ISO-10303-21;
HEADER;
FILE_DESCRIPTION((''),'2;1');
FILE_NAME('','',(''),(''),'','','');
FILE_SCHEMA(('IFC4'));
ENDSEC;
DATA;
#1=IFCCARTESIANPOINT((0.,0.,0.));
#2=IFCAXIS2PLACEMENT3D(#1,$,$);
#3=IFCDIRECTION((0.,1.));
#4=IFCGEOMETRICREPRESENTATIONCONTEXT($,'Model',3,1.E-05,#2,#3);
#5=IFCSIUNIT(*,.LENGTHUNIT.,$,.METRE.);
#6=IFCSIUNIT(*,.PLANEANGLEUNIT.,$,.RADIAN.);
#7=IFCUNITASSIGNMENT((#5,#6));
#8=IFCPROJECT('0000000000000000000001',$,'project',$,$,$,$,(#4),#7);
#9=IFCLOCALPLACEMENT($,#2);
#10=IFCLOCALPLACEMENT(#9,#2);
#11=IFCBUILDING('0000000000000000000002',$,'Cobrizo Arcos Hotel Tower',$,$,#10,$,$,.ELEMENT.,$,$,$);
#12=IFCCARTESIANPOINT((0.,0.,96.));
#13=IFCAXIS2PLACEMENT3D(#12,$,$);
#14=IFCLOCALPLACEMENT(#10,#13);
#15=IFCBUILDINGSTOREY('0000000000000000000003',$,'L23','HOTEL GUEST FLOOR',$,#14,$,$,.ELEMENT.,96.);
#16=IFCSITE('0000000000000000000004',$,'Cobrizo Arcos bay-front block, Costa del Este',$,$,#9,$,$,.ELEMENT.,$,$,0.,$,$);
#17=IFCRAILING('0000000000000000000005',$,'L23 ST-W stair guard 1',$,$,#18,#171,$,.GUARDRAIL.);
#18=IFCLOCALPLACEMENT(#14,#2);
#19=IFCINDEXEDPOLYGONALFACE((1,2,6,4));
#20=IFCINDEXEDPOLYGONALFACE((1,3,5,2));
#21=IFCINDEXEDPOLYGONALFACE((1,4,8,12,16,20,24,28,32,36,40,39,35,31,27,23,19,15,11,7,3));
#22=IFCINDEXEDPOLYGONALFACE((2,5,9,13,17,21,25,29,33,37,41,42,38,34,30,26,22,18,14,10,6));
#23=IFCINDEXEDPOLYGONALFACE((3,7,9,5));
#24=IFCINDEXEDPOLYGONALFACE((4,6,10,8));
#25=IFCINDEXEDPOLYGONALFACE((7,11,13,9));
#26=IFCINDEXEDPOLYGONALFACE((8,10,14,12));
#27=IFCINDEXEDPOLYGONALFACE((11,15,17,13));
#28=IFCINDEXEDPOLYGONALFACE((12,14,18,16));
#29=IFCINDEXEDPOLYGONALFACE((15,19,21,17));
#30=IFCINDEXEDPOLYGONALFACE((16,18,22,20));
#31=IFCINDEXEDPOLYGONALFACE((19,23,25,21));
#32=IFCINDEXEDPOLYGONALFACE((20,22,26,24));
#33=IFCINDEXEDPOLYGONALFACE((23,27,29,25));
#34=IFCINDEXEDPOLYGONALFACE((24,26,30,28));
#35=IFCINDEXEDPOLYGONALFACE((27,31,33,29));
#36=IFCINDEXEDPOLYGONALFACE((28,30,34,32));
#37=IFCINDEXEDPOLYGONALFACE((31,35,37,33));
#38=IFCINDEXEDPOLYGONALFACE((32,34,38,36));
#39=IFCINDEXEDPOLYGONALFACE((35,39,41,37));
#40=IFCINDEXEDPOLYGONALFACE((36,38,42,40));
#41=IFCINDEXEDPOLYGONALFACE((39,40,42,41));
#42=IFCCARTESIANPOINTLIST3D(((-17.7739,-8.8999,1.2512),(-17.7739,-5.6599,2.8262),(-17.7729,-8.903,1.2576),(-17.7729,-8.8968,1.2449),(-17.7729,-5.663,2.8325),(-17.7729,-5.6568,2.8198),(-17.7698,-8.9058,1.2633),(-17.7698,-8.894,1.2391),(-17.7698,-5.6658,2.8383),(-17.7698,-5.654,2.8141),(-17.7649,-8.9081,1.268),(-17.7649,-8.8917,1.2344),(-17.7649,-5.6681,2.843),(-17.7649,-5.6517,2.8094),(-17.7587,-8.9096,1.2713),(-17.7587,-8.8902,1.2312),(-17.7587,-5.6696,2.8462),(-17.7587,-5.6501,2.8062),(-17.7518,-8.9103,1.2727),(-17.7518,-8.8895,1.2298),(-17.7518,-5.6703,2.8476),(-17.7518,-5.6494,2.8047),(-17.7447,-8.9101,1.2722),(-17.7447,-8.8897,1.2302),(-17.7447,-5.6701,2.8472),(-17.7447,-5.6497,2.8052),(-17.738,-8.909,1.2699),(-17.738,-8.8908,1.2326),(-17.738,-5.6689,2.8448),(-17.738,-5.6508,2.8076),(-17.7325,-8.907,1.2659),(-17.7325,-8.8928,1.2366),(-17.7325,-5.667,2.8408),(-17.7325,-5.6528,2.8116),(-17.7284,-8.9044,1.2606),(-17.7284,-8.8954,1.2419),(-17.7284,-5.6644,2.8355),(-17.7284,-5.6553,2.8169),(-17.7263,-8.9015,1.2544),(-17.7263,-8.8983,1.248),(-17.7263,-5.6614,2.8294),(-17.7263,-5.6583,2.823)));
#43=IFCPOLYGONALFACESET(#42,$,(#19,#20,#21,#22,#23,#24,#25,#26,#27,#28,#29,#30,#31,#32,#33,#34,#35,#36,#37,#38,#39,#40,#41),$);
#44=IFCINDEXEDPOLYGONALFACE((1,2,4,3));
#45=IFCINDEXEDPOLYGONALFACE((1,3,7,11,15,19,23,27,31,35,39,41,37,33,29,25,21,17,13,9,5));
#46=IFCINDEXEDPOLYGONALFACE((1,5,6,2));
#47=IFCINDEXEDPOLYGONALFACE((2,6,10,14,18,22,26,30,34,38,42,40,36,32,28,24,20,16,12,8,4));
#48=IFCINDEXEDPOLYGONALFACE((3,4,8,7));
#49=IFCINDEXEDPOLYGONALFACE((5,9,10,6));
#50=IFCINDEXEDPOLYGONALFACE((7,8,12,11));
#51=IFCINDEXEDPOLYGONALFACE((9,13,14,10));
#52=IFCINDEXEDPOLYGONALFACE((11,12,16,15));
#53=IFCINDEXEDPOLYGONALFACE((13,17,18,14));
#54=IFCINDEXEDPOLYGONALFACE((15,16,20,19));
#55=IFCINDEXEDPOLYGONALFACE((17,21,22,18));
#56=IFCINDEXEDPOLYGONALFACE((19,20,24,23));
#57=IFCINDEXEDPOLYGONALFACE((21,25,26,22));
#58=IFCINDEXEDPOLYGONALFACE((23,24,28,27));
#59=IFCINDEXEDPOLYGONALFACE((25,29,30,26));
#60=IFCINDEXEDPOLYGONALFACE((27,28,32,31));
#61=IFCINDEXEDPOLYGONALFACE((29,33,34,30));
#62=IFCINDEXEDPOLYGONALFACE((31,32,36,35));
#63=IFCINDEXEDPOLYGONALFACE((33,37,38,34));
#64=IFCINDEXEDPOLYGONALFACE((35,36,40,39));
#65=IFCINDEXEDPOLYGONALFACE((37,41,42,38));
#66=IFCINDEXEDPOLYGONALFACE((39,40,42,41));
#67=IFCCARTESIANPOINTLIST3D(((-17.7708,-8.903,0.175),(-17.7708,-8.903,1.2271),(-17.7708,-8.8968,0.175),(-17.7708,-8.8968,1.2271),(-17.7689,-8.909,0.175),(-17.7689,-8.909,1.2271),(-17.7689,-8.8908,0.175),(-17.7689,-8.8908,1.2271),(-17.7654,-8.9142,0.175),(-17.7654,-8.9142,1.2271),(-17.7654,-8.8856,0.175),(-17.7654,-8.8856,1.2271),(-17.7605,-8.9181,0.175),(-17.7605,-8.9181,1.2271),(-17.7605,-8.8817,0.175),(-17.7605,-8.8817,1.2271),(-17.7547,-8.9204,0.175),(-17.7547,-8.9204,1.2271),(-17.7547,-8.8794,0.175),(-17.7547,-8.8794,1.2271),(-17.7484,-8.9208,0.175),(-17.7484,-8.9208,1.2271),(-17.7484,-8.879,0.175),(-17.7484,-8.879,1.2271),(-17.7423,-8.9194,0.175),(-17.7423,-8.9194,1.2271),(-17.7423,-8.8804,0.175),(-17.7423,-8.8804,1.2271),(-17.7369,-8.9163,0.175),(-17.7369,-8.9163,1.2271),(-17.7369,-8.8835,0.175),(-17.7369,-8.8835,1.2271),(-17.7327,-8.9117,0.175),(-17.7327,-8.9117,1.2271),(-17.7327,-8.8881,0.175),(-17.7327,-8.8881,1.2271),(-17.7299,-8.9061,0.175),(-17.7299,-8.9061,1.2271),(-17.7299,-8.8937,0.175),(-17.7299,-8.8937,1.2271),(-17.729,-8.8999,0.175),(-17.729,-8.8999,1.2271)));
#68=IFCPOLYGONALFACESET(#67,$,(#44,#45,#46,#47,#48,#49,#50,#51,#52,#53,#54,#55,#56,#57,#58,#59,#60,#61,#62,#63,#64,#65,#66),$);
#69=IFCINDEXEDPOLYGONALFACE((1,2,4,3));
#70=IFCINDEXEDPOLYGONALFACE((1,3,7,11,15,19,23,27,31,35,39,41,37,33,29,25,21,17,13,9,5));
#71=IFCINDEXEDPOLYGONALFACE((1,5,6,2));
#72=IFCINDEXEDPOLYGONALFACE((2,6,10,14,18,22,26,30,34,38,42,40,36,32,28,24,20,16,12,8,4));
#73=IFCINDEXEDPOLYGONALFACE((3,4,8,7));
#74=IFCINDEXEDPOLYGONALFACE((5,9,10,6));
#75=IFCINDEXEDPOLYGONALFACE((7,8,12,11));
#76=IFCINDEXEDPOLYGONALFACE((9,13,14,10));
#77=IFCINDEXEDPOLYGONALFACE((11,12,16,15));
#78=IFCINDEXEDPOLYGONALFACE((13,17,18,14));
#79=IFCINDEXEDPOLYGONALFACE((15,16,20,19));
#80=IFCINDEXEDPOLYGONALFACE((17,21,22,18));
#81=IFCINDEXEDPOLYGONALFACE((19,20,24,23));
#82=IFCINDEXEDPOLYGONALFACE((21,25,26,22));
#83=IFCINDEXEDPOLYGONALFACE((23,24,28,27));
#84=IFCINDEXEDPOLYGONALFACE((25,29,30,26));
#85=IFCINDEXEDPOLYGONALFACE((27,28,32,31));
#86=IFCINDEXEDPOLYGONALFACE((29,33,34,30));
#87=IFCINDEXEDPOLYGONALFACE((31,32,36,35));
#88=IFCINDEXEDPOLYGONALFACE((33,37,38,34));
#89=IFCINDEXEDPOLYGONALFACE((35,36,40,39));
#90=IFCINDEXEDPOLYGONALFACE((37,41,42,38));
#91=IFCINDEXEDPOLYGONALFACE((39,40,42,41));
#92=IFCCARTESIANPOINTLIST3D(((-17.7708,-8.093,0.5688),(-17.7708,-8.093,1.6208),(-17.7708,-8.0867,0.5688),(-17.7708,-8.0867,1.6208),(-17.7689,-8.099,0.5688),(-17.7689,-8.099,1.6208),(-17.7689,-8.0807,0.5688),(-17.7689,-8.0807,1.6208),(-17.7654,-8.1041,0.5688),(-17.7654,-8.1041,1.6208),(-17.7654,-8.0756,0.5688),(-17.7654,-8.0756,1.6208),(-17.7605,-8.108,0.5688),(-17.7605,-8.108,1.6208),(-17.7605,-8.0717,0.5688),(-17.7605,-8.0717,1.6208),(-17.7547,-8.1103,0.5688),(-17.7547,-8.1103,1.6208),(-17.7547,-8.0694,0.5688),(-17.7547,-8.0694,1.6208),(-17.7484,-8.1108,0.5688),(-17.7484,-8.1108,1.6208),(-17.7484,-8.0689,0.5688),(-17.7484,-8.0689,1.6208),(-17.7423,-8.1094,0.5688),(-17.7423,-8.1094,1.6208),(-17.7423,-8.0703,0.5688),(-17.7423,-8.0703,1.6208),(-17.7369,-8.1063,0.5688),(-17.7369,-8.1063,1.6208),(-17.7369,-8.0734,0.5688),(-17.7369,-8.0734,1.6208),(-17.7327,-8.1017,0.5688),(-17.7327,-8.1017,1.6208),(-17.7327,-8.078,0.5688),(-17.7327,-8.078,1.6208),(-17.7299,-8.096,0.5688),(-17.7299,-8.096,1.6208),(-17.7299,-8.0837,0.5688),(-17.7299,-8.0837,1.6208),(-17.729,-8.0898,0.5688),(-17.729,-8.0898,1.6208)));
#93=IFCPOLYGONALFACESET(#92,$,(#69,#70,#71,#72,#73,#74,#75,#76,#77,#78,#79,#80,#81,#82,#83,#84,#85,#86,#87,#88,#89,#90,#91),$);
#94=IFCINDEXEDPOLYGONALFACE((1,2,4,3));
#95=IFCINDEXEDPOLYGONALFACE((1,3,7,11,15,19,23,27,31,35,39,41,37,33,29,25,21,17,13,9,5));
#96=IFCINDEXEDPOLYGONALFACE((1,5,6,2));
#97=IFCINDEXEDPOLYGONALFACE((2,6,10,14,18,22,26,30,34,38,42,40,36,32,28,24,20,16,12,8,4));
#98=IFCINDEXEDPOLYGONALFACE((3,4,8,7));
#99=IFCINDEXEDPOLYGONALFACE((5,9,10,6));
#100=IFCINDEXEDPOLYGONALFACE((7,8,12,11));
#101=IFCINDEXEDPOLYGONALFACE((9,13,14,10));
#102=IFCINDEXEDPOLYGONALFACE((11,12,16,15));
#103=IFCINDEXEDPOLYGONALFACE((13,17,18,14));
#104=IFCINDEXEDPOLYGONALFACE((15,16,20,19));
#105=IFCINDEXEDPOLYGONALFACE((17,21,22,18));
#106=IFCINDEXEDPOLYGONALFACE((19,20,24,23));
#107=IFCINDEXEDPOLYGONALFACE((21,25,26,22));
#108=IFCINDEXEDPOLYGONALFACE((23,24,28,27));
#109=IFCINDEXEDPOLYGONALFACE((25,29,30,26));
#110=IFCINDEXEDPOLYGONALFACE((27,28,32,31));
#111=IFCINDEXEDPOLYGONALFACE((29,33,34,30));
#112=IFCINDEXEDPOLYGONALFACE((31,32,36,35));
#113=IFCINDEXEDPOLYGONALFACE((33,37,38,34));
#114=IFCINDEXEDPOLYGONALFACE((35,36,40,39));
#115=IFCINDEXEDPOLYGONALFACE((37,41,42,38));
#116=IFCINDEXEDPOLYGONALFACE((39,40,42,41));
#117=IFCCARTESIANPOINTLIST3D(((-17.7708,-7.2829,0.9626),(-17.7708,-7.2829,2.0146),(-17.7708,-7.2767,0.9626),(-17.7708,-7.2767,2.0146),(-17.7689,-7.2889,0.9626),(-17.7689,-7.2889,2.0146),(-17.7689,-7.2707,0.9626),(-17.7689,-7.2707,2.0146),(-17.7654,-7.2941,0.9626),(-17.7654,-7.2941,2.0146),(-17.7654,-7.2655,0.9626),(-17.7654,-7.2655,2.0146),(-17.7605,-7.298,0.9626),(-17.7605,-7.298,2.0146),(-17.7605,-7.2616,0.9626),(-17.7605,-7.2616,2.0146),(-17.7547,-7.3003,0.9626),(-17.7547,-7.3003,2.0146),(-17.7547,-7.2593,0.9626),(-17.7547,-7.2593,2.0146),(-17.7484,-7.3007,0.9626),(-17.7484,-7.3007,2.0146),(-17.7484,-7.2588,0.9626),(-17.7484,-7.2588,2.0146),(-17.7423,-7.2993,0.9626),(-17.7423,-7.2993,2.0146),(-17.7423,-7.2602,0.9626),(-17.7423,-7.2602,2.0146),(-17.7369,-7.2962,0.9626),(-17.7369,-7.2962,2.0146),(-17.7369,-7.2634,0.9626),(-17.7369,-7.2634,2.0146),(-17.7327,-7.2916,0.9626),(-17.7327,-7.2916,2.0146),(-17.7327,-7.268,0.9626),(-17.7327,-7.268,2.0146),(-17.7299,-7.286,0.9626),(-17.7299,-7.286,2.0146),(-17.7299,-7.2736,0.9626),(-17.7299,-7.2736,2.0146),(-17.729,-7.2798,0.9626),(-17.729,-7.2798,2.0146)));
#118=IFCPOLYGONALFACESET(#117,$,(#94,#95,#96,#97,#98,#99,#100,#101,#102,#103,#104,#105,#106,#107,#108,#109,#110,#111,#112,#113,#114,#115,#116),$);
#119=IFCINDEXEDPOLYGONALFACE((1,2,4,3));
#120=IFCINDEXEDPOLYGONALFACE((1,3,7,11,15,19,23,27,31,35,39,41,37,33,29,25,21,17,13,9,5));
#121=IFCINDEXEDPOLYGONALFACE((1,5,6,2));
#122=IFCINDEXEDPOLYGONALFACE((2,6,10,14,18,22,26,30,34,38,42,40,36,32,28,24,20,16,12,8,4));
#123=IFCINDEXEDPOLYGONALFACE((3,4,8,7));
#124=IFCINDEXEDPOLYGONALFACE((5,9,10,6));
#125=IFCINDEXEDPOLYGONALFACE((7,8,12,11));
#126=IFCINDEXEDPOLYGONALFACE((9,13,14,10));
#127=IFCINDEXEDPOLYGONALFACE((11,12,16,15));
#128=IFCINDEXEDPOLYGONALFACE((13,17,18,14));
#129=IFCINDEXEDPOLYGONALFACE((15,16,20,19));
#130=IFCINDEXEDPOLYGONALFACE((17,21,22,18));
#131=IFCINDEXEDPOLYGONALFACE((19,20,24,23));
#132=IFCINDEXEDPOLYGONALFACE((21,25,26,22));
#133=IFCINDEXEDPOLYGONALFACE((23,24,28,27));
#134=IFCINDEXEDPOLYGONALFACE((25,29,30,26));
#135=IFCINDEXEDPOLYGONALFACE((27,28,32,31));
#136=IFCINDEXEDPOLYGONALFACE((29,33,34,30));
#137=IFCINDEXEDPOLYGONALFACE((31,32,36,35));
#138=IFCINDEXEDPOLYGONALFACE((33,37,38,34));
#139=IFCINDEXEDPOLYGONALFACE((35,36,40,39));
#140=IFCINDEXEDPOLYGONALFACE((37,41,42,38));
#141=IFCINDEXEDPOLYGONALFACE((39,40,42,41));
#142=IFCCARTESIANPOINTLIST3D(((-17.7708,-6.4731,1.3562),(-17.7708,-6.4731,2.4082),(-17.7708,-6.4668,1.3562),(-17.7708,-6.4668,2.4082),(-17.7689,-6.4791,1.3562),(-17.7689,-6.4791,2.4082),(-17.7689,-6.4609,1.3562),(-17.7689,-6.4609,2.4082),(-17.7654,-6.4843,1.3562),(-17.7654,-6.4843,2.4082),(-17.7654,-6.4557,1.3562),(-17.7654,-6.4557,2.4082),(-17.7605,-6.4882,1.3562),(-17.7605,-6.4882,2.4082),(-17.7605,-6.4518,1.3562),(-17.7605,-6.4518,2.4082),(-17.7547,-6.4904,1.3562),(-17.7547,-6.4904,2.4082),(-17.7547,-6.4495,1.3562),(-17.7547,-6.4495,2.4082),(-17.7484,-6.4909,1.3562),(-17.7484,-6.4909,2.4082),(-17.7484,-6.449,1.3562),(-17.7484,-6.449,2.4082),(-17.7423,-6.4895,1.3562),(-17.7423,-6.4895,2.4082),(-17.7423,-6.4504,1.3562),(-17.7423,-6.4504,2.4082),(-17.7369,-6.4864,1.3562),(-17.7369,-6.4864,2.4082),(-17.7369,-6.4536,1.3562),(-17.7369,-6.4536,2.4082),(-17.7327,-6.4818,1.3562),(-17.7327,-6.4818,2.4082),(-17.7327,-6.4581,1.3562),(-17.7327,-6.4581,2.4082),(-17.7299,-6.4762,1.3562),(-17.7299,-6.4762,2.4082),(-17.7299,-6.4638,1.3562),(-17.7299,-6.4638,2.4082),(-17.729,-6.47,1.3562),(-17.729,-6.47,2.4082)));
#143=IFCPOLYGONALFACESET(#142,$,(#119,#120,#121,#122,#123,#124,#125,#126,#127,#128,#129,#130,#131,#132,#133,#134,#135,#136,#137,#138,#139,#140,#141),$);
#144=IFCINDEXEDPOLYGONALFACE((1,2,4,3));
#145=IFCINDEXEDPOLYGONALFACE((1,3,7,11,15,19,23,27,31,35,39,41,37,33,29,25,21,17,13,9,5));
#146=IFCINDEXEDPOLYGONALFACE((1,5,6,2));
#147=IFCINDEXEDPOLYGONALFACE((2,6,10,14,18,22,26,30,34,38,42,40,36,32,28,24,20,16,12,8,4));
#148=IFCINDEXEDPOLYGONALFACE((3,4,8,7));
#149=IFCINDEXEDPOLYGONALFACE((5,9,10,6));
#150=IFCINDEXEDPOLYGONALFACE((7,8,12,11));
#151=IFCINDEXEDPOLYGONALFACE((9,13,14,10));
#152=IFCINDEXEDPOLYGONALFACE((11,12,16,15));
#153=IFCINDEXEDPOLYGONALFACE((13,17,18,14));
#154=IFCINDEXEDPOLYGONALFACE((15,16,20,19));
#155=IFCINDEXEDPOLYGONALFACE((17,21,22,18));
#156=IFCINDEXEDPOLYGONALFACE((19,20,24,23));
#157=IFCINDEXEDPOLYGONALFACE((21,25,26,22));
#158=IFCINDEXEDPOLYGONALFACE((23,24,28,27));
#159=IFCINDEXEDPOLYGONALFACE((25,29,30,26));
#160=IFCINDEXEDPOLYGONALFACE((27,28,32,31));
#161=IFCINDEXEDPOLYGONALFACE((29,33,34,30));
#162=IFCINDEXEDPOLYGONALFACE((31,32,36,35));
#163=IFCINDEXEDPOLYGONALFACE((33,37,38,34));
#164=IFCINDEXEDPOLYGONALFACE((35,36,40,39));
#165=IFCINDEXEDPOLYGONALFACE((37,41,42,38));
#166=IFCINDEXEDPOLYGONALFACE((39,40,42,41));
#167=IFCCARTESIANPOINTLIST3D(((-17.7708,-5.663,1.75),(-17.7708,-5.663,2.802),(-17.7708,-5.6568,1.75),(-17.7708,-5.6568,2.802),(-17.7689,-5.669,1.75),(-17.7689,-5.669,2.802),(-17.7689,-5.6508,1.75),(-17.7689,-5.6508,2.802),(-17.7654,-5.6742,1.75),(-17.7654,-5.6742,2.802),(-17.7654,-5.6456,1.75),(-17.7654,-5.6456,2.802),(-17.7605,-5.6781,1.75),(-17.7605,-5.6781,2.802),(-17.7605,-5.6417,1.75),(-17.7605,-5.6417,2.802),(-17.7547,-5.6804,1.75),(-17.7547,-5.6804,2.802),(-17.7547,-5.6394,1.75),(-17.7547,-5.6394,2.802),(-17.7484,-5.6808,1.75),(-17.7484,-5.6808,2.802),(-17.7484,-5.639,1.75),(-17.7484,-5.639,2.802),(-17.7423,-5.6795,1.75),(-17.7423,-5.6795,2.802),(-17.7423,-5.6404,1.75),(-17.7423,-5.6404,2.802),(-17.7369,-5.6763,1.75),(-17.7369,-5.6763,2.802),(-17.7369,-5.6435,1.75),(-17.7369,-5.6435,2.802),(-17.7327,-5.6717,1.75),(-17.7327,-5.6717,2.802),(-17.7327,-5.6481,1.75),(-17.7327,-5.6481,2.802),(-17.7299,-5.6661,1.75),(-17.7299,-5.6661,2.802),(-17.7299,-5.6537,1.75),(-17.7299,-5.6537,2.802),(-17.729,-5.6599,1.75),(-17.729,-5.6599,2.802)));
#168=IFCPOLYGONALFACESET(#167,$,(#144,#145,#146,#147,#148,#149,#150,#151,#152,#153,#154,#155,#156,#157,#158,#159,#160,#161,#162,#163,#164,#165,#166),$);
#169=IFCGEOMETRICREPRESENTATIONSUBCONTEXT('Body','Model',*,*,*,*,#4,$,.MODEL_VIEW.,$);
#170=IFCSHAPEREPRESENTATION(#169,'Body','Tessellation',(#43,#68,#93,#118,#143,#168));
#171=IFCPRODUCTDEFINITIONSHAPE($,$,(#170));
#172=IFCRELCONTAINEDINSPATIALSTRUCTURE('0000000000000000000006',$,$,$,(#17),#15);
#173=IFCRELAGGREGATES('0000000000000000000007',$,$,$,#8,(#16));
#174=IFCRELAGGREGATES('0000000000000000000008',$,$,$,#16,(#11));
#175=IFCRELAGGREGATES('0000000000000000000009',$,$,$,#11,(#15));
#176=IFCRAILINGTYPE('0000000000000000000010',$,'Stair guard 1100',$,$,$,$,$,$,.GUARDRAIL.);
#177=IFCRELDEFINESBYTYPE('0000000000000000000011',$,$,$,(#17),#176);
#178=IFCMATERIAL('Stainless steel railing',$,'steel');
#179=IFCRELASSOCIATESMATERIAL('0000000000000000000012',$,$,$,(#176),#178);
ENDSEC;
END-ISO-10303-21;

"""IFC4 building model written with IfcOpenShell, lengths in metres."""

from ifc_helpers import new_model, si_unit, direction, frame, origin, origin_2d, place, context, subcontext, project, spatial, circle, extrude, material, type_object, element, save


model = new_model("IFC4")

# Units and contexts
model_context = context("Model", 3, precision=1e-05, world=origin(), true_north=direction((0.0, 1.0)))
body_context = subcontext(model_context, "Body", "Model", "MODEL_VIEW")
ifc_project = project(units=[si_unit("LENGTHUNIT", "METRE"), si_unit("PLANEANGLEUNIT", "RADIAN")], contexts=[model_context])

# Site, building, storey
site_placement = place(None, origin())
site = spatial("IfcSite", under=ifc_project, at=site_placement, Name="Cobrizo Arcos bay-front block, Costa del Este", CompositionType="ELEMENT", RefElevation=0.0)
building_placement = place(site_placement, origin())
building = spatial("IfcBuilding", under=site, at=building_placement, Name="Cobrizo Arcos Hotel Tower", CompositionType="ELEMENT")
storey_placement = place(building_placement, frame((0.0, 0.0, 96.0)))
storey = spatial("IfcBuildingStorey", under=building, at=storey_placement, Name="L23", Description="HOTEL GUEST FLOOR", CompositionType="ELEMENT", Elevation=96.0)

# Railing
ifc_material_1 = material(Name="Stainless steel railing", Category="steel")
railing_type_1 = type_object("IfcRailingType", Name="Stair guard 1100", PredefinedType="GUARDRAIL", material=ifc_material_1)
railing_1_placement = place(storey_placement, frame((-17.75, -8.8999, 0.175)))
element("IfcRailing", 1, at=railing_1_placement, inside=storey, type_object=railing_type_1, Name="L23 ST-W stair guard 1", PredefinedType="GUARDRAIL", context=body_context, shape_type="SweptSolid", body=[
    extrude(circle(Radius=0.0239, at=origin_2d()), frame((0.0, 0.0, 1.0762), z_axis=(0.0, 0.899373, 0.437183), x_axis=(-1.0, 0.0, 0.0)), (0.0, 0.0, 1.0), 3.6025),
    extrude(circle(Radius=0.021, at=origin_2d()), origin(), (0.0, 0.0, 1.0), 1.052),
    extrude(circle(Radius=0.021, at=origin_2d()), frame((0.0, 0.8101, 0.3938)), (0.0, 0.0, 1.0), 1.052),
    extrude(circle(Radius=0.021, at=origin_2d()), frame((0.0, 1.6201, 0.7876)), (0.0, 0.0, 1.0), 1.052),
    extrude(circle(Radius=0.021, at=origin_2d()), frame((0.0, 2.4299, 1.1812)), (0.0, 0.0, 1.0), 1.052),
    extrude(circle(Radius=0.021, at=origin_2d()), frame((0.0, 3.24, 1.575)), (0.0, 0.0, 1.0), 1.052),
])

save(model, "model.ifc")
